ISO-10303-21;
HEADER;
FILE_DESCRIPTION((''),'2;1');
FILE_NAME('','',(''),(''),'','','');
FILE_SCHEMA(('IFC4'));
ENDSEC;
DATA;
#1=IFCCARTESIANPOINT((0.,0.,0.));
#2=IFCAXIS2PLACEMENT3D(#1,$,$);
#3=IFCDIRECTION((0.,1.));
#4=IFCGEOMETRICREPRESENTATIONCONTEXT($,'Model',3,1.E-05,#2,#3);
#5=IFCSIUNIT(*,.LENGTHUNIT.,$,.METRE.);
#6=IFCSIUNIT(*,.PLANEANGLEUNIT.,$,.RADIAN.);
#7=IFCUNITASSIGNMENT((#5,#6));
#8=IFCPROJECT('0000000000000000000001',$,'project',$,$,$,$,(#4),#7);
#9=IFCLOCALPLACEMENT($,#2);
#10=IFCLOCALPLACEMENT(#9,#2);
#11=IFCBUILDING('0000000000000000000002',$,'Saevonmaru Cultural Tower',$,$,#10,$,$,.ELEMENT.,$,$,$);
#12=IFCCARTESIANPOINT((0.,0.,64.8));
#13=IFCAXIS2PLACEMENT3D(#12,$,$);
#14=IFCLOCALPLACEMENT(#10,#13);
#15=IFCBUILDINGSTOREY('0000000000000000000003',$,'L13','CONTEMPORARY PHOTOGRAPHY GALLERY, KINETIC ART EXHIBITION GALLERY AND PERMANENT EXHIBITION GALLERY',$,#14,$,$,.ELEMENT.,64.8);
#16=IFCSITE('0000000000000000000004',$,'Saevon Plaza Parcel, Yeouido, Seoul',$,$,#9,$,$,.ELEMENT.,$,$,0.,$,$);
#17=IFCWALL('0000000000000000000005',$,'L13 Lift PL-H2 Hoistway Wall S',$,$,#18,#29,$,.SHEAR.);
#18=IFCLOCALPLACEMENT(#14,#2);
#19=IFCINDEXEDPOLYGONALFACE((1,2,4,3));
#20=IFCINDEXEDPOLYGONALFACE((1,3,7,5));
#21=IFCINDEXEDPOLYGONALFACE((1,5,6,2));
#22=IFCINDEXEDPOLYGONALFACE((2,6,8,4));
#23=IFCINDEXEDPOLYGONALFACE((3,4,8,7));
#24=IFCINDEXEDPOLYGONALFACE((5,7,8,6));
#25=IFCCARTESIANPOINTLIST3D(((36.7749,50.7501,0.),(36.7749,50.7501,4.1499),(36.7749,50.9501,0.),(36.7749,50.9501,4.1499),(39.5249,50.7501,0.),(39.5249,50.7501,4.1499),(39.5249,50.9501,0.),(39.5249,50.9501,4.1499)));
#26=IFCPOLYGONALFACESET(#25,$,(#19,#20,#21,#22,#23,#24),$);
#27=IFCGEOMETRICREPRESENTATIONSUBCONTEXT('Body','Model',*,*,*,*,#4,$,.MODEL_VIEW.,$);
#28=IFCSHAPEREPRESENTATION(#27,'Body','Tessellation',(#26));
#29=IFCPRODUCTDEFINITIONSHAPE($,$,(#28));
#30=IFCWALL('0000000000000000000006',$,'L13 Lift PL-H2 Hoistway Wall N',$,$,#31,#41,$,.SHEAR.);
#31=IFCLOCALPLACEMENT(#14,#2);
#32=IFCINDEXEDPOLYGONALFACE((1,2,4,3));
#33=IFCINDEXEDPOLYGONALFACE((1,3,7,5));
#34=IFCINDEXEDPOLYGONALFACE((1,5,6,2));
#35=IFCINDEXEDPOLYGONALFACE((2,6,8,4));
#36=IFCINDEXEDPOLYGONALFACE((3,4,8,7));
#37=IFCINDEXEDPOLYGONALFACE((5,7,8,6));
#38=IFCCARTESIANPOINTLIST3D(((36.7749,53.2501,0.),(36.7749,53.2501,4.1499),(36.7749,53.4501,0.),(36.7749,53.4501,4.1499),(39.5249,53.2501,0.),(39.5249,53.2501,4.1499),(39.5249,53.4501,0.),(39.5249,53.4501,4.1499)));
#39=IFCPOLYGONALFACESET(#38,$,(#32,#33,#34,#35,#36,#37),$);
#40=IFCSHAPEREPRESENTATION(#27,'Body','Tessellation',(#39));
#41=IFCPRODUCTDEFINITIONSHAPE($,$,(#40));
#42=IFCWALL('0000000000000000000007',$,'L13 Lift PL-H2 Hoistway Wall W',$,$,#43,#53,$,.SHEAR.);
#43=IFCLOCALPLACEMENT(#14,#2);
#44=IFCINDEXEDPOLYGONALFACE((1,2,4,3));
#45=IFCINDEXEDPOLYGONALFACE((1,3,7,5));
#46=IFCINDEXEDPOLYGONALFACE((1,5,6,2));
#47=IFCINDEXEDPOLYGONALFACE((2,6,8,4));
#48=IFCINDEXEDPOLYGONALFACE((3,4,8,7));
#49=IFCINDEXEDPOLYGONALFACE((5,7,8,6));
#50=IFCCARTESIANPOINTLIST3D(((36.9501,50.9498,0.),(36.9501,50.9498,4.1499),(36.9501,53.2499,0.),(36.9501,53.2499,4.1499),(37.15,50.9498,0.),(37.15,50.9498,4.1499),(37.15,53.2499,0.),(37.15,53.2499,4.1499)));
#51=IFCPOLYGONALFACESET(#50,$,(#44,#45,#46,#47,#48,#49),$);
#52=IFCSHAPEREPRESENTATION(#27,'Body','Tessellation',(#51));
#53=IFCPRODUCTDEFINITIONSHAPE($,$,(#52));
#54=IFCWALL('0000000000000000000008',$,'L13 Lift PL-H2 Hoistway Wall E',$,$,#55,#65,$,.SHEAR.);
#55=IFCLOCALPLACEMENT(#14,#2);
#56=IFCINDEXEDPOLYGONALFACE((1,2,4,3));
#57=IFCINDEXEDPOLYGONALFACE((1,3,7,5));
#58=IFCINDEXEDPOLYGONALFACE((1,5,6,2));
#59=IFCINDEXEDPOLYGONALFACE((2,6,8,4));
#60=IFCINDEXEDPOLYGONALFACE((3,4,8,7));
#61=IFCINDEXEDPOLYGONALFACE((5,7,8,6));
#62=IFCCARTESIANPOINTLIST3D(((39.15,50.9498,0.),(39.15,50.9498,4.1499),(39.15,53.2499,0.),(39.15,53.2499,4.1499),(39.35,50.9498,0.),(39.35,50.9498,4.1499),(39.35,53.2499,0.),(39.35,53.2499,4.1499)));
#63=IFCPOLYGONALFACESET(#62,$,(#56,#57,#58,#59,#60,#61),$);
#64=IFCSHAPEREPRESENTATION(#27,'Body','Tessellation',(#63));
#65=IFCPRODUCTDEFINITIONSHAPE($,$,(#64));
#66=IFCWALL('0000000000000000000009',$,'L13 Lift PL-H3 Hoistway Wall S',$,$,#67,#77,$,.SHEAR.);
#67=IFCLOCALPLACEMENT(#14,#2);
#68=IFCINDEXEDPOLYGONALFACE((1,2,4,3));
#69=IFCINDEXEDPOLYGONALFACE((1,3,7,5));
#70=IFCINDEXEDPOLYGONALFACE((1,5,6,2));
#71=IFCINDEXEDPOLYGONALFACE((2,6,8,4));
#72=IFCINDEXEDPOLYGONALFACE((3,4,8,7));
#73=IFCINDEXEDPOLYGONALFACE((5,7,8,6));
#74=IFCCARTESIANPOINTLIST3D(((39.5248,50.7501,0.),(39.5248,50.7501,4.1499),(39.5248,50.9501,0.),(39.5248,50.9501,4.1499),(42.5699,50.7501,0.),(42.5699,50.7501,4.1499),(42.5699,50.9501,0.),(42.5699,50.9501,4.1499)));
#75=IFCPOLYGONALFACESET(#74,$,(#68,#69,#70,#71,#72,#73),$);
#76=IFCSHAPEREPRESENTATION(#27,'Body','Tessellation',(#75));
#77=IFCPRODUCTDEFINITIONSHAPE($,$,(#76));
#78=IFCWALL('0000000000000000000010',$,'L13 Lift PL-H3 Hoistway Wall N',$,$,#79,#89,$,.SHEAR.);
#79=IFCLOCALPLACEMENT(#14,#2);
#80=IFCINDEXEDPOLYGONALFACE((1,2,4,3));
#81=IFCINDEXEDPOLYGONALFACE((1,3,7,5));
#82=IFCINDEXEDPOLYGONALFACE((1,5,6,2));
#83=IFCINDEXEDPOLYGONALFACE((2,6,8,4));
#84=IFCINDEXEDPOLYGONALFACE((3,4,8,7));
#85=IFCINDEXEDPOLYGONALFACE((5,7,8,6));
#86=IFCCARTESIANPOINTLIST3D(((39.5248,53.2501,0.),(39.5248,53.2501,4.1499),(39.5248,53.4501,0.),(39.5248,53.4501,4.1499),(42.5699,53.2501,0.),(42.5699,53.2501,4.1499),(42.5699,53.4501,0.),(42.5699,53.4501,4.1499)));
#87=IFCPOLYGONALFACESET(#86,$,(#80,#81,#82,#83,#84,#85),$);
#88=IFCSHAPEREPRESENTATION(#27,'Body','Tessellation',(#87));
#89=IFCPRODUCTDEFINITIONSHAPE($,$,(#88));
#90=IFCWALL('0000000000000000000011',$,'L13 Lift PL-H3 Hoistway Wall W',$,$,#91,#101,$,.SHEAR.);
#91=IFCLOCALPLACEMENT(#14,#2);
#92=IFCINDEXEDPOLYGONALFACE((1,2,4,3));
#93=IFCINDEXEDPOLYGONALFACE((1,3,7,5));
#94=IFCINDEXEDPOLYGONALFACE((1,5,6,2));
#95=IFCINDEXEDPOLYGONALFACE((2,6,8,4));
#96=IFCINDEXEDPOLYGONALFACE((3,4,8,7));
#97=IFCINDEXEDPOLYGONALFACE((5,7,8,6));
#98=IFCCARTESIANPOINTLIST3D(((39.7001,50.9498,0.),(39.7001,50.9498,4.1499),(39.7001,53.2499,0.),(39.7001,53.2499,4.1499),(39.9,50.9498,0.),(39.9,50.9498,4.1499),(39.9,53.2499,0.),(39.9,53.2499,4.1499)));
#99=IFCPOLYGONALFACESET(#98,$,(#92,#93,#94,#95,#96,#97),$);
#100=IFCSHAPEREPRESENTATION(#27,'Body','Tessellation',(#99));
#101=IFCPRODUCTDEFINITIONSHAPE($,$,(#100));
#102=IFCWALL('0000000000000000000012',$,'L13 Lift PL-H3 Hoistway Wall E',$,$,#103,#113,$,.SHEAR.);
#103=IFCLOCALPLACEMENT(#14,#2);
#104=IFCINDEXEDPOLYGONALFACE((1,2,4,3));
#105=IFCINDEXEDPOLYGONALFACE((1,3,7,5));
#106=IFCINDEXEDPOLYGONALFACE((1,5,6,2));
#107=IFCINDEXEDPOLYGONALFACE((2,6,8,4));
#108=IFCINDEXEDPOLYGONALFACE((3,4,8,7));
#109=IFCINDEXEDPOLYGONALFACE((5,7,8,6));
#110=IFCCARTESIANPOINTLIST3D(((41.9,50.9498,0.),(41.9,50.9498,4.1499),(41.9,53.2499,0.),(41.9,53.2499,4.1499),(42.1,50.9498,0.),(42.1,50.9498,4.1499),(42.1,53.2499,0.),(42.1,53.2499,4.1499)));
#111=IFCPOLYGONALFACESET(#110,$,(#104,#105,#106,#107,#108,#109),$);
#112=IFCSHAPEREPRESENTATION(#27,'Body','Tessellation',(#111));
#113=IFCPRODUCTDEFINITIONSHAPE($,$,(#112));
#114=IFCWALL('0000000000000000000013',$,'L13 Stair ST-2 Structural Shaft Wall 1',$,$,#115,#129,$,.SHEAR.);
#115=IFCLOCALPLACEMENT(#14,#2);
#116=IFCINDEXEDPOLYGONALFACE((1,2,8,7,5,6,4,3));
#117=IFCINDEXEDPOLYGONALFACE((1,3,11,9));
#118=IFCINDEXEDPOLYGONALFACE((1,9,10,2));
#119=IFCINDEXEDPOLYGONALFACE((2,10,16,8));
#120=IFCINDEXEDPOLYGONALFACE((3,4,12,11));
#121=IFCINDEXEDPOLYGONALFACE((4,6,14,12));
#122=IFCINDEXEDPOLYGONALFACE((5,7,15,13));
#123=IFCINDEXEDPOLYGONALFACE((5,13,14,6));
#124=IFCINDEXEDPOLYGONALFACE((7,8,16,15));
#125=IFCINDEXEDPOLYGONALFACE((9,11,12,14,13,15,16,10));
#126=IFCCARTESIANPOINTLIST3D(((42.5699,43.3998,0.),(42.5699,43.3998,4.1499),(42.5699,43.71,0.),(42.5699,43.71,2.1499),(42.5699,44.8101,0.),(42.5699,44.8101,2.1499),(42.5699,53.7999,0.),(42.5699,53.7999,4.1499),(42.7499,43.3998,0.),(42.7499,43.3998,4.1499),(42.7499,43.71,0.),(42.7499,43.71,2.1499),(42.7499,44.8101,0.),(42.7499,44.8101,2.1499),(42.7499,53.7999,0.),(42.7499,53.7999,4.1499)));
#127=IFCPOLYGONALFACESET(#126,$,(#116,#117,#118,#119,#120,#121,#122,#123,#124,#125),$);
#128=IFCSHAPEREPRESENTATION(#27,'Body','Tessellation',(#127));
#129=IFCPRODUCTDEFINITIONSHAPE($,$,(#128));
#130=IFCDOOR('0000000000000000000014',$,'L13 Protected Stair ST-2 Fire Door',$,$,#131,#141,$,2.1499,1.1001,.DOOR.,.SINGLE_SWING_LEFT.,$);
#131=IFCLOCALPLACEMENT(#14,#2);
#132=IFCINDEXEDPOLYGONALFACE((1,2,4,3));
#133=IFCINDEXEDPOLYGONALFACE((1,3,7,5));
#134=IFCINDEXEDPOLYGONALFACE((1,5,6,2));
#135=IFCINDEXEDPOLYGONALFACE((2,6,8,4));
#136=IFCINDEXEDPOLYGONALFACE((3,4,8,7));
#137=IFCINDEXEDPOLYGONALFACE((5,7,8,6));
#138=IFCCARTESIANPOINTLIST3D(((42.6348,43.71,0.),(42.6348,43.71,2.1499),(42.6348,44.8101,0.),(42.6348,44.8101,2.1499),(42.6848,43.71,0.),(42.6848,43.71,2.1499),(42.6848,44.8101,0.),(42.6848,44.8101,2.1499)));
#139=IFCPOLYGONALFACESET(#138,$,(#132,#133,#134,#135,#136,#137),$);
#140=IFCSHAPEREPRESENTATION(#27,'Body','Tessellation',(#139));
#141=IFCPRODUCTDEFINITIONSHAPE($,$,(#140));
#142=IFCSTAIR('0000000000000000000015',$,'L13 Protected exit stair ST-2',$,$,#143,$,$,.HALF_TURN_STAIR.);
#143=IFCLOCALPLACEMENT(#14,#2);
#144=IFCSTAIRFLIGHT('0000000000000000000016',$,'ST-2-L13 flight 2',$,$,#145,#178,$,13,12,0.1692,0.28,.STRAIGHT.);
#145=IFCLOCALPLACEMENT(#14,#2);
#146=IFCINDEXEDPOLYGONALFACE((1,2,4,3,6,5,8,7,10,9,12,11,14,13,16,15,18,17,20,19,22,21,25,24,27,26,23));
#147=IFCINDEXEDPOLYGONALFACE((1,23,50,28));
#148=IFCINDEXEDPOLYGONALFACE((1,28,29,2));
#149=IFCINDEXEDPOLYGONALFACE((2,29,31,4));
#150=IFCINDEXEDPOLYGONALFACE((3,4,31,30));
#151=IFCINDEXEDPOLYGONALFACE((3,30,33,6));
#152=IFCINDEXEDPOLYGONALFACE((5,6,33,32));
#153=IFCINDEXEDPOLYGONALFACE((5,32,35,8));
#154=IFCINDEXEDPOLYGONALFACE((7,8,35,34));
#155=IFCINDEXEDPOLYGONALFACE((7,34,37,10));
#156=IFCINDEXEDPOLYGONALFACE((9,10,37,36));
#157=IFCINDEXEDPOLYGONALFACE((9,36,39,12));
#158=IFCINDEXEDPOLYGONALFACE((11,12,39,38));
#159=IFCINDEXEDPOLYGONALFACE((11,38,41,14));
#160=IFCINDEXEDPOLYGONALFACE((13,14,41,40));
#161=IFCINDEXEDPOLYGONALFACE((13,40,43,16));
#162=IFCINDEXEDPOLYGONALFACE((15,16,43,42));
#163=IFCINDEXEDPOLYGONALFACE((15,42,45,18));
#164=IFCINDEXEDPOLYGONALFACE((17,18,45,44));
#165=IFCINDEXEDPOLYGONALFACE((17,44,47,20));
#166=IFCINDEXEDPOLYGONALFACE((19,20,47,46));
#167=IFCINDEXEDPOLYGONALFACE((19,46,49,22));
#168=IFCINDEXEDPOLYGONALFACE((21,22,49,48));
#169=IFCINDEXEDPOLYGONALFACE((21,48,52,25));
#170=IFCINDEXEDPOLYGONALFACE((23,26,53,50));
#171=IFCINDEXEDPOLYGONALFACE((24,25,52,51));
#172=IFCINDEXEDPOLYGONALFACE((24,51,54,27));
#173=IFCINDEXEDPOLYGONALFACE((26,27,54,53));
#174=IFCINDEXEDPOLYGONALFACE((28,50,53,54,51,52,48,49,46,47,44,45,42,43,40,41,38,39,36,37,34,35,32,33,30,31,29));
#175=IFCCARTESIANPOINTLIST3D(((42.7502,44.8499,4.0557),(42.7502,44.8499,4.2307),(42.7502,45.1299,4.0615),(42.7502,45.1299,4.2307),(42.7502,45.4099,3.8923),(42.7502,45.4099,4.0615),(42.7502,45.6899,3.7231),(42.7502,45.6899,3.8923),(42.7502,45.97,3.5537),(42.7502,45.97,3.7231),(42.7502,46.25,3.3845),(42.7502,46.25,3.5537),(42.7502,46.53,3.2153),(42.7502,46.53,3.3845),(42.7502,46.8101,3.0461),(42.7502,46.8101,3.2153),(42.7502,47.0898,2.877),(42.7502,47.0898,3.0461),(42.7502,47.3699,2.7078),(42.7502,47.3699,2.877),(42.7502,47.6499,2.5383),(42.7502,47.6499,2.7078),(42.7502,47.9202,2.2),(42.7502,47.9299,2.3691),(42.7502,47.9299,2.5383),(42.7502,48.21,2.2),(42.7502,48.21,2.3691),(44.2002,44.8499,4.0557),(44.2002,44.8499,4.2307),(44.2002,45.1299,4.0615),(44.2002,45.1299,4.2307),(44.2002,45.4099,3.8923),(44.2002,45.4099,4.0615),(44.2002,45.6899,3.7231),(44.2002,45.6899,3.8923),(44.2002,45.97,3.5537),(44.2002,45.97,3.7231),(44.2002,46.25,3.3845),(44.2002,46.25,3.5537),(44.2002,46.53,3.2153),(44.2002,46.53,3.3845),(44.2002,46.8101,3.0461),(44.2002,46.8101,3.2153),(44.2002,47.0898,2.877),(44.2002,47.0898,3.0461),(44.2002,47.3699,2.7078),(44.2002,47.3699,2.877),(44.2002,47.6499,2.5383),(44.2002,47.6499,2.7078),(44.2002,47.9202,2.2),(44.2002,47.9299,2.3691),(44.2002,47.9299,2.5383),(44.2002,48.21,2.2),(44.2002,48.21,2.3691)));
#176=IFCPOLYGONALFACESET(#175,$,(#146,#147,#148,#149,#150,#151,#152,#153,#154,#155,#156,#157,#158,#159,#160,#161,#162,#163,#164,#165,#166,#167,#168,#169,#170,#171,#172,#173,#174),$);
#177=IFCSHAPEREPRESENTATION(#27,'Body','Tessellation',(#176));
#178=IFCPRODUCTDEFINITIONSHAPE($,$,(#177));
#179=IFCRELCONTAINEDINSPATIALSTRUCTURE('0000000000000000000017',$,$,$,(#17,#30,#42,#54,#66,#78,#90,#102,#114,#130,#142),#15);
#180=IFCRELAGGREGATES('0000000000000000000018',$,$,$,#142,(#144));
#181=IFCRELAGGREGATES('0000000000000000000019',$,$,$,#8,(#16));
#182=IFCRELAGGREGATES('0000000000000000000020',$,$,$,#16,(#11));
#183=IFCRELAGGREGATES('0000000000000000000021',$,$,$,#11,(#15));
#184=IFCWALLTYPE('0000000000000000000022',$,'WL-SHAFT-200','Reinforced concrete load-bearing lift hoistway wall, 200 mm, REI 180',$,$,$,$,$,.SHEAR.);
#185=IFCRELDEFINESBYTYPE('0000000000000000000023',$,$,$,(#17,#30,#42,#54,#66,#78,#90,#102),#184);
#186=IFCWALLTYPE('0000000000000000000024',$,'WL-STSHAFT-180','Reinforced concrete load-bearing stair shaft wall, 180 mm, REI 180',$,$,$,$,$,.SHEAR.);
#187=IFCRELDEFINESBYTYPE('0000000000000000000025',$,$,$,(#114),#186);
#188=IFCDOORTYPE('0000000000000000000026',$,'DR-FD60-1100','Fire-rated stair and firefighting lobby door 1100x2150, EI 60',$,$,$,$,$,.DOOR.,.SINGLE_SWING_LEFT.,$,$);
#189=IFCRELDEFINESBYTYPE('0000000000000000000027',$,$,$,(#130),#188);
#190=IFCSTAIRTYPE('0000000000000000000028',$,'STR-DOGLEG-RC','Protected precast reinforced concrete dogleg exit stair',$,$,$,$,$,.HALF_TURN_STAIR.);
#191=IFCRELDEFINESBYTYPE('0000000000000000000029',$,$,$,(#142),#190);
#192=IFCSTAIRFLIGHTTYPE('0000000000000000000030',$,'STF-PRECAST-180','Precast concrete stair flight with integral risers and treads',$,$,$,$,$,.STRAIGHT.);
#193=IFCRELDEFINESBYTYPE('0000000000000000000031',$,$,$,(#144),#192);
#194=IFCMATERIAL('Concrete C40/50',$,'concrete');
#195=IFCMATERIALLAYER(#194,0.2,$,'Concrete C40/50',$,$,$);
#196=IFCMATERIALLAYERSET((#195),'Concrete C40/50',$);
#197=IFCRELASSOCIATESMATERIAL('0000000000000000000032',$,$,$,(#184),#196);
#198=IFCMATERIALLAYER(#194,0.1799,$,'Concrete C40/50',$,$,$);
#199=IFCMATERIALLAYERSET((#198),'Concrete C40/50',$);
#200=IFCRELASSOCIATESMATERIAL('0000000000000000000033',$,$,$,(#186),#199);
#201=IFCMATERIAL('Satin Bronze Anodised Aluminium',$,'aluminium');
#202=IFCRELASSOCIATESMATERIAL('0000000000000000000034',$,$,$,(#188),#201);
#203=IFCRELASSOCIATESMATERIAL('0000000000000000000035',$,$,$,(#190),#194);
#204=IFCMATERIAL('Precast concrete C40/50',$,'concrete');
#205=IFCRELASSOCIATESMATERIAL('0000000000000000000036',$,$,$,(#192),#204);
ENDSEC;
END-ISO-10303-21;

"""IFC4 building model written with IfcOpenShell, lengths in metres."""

from ifc_helpers import new_model, si_unit, direction, frame, frame_2d, origin, place, context, subcontext, project, spatial, polyline, rectangle, outline, extrude, material, layer, layer_set, type_object, element, fill, aggregate, save


model = new_model("IFC4")

# Units and contexts
model_context = context("Model", 3, precision=1e-05, world=origin(), true_north=direction((0.0, 1.0)))
body_context = subcontext(model_context, "Body", "Model", "MODEL_VIEW")
ifc_project = project(units=[si_unit("LENGTHUNIT", "METRE"), si_unit("PLANEANGLEUNIT", "RADIAN")], contexts=[model_context])

# Site, building, storey
site_placement = place(None, origin())
site = spatial("IfcSite", under=ifc_project, at=site_placement, Name="Saevon Plaza Parcel, Yeouido, Seoul", CompositionType="ELEMENT", RefElevation=0.0)
building_placement = place(site_placement, origin())
building = spatial("IfcBuilding", under=site, at=building_placement, Name="Saevonmaru Cultural Tower", CompositionType="ELEMENT")
storey_placement = place(building_placement, frame((0.0, 0.0, 64.8)))
storey = spatial("IfcBuildingStorey", under=building, at=storey_placement, Name="L13", Description="CONTEMPORARY PHOTOGRAPHY GALLERY, KINETIC ART EXHIBITION GALLERY AND PERMANENT EXHIBITION GALLERY", CompositionType="ELEMENT", Elevation=64.8)

# Shared definitions
ifc_material_1 = material(Name="Satin Bronze Anodised Aluminium", Category="aluminium")

# Shared definitions
ifc_material_2 = material(Name="Concrete C40/50", Category="concrete")
ifc_layer_1 = layer(ifc_material_2, 0.2, Name="Concrete C40/50")
ifc_layer_set_1 = layer_set([ifc_layer_1], Name="Concrete C40/50")
wall_type_1 = type_object("IfcWallType", Name="WL-SHAFT-200", Description="Reinforced concrete load-bearing lift hoistway wall, 200 mm, REI 180", PredefinedType="SHEAR", material=ifc_layer_set_1)

# Walls
for number, where, z_axis, x_axis, name in (
    (1, (36.7749, 50.8501, 0.0), (0.0, 0.0, 1.0), (1.0, 0.0, 0.0), "L13 Lift PL-H2 Hoistway Wall S"),
    (2, (36.7749, 53.3501, 0.0), (0.0, 0.0, 1.0), (1.0, 0.0, 0.0), "L13 Lift PL-H2 Hoistway Wall N"),
):
    element("IfcWall", number, at=place(storey_placement, frame(where, z_axis=z_axis, x_axis=x_axis)), inside=storey, type_object=wall_type_1, Name=name, PredefinedType="SHEAR", context=body_context, shape_type="SweptSolid", body=[
        extrude(rectangle(XDim=2.75, YDim=0.2, at=frame_2d((1.375, 0.0))), origin(), (0.0, 0.0, 1.0), 4.1499),
    ])
for number, where, z_axis, x_axis, name in (
    (3, (37.05, 50.95, 0.0), (0.0, 0.0, 1.0), (0.0, 1.0, 0.0), "L13 Lift PL-H2 Hoistway Wall W"),
    (4, (39.25, 50.95, 0.0), (0.0, 0.0, 1.0), (0.0, 1.0, 0.0), "L13 Lift PL-H2 Hoistway Wall E"),
):
    element("IfcWall", number, at=place(storey_placement, frame(where, z_axis=z_axis, x_axis=x_axis)), inside=storey, type_object=wall_type_1, Name=name, PredefinedType="SHEAR", context=body_context, shape_type="SweptSolid", body=[
        extrude(rectangle(XDim=2.3, YDim=0.2, at=frame_2d((1.1499, 0.0))), origin(), (0.0, 0.0, 1.0), 4.1499),
    ])
for number, where, z_axis, x_axis, name in (
    (5, (39.5249, 50.8501, 0.0), (0.0, 0.0, 1.0), (1.0, 0.0, 0.0), "L13 Lift PL-H3 Hoistway Wall S"),
    (6, (39.5249, 53.3501, 0.0), (0.0, 0.0, 1.0), (1.0, 0.0, 0.0), "L13 Lift PL-H3 Hoistway Wall N"),
):
    element("IfcWall", number, at=place(storey_placement, frame(where, z_axis=z_axis, x_axis=x_axis)), inside=storey, type_object=wall_type_1, Name=name, PredefinedType="SHEAR", context=body_context, shape_type="SweptSolid", body=[
        extrude(rectangle(XDim=3.0452, YDim=0.2, at=frame_2d((1.5225, 0.0))), origin(), (0.0, 0.0, 1.0), 4.1499),
    ])
for number, where, z_axis, x_axis, name in (
    (7, (39.8, 50.95, 0.0), (0.0, 0.0, 1.0), (0.0, 1.0, 0.0), "L13 Lift PL-H3 Hoistway Wall W"),
    (8, (42.0, 50.95, 0.0), (0.0, 0.0, 1.0), (0.0, 1.0, 0.0), "L13 Lift PL-H3 Hoistway Wall E"),
):
    element("IfcWall", number, at=place(storey_placement, frame(where, z_axis=z_axis, x_axis=x_axis)), inside=storey, type_object=wall_type_1, Name=name, PredefinedType="SHEAR", context=body_context, shape_type="SweptSolid", body=[
        extrude(rectangle(XDim=2.3, YDim=0.2, at=frame_2d((1.1499, 0.0))), origin(), (0.0, 0.0, 1.0), 4.1499),
    ])

# Wall, opening, door
ifc_layer_2 = layer(ifc_material_2, 0.1799, Name="Concrete C40/50")
ifc_layer_set_2 = layer_set([ifc_layer_2], Name="Concrete C40/50")
wall_type_2 = type_object("IfcWallType", Name="WL-STSHAFT-180", Description="Reinforced concrete load-bearing stair shaft wall, 180 mm, REI 180", PredefinedType="SHEAR", material=ifc_layer_set_2)
wall_1_placement = place(storey_placement, frame((42.6599, 53.8, 0.0), z_axis=(0.0, 0.0, 1.0), x_axis=(0.0, -1.0, 0.0)))
wall_1 = element("IfcWall", 9, at=wall_1_placement, inside=storey, type_object=wall_type_2, Name="L13 Stair ST-2 Structural Shaft Wall 1", PredefinedType="SHEAR", context=body_context, shape_type="SweptSolid", body=[
    extrude(rectangle(XDim=10.4001, YDim=0.1799, at=frame_2d((5.2002, 0.0))), origin(), (0.0, 0.0, 1.0), 4.1499),
])
opening_1_placement = place(wall_1_placement, frame((8.99, 0.0, 0.0)))
opening_1 = element("IfcOpeningElement", 10, at=opening_1_placement, cuts=wall_1, PredefinedType="OPENING", context=body_context, shape_type="SweptSolid", body=[
    extrude(rectangle(XDim=1.1001, YDim=2.1499, at=frame_2d((0.55, 1.075))), frame((0.0, 0.1001, 0.0), z_axis=(0.0, -1.0, 0.0), x_axis=(1.0, 0.0, 0.0)), (0.0, 0.0, 1.0), 0.2),
])
door_type_1 = type_object("IfcDoorType", Name="DR-FD60-1100", Description="Fire-rated stair and firefighting lobby door 1100x2150, EI 60", OperationType="SINGLE_SWING_LEFT", PredefinedType="DOOR", material=ifc_material_1)
door_1_placement = place(opening_1_placement, origin())
door_1 = element("IfcDoor", 11, at=door_1_placement, inside=storey, type_object=door_type_1, Name="L13 Protected Stair ST-2 Fire Door", OperationType="SINGLE_SWING_LEFT", OverallHeight=2.1499, OverallWidth=1.1001, PredefinedType="DOOR", context=body_context, shape_type="SweptSolid", body=[
    extrude(rectangle(XDim=1.1001, YDim=2.1499, at=frame_2d((0.55, 1.075))), frame((0.0, 0.0249, 0.0), z_axis=(0.0, -1.0, 0.0), x_axis=(1.0, 0.0, 0.0)), (0.0, 0.0, 1.0), 0.05),
])
fill(opening_1, door_1)

# Stair, stair flight
stair_type = type_object("IfcStairType", Name="STR-DOGLEG-RC", Description="Protected precast reinforced concrete dogleg exit stair", PredefinedType="HALF_TURN_STAIR", material=ifc_material_2)
stair_placement = place(storey_placement, origin())
stair = element("IfcStair", 12, at=stair_placement, inside=storey, type_object=stair_type, Name="L13 Protected exit stair ST-2", PredefinedType="HALF_TURN_STAIR")
ifc_material_3 = material(Name="Precast concrete C40/50", Category="concrete")
stair_flight_type = type_object("IfcStairFlightType", Name="STF-PRECAST-180", Description="Precast concrete stair flight with integral risers and treads", PredefinedType="STRAIGHT", material=ifc_material_3)
stair_flight_placement = place(storey_placement, frame((43.4751, 48.21, 2.2), z_axis=(0.0, 0.0, 1.0), x_axis=(0.0, -1.0, 0.0)))
stair_flight = element("IfcStairFlight", 13, at=stair_flight_placement, type_object=stair_flight_type, Name="ST-2-L13 flight 2", NumberOfRisers=13, NumberOfTreads=12, PredefinedType="STRAIGHT", RiserHeight=0.1692, TreadLength=0.28, context=body_context, shape_type="SweptSolid", body=[
    extrude(outline(polyline([(0.0, 0.0), (0.0, 0.1692), (0.28, 0.1692), (0.28, 0.3384), (0.5601, 0.3384), (0.5601, 0.5078), (0.8401, 0.5078), (0.8401, 0.677), (1.1201, 0.677), (1.1201, 0.8462), (1.3999, 0.8462), (1.3999, 1.0154), (1.6799, 1.0154), (1.6799, 1.1846), (1.96, 1.1846), (1.96, 1.3538), (2.24, 1.3538), (2.24, 1.5232), (2.52, 1.5232), (2.52, 1.6924), (2.8, 1.6924), (2.8, 1.8616), (3.0801, 1.8616), (3.0801, 2.0308), (3.3601, 2.0308), (3.3601, 2.2), (3.3601, 1.8557), (0.2898, 0.0), (0.0, 0.0)])), frame((0.0, 0.7251, 0.0), z_axis=(0.0, -1.0, 0.0), x_axis=(1.0, 0.0, 0.0)), (0.0, 0.0, 1.0), 1.45),
])
aggregate(stair, [stair_flight])

save(model, "model.ifc")
